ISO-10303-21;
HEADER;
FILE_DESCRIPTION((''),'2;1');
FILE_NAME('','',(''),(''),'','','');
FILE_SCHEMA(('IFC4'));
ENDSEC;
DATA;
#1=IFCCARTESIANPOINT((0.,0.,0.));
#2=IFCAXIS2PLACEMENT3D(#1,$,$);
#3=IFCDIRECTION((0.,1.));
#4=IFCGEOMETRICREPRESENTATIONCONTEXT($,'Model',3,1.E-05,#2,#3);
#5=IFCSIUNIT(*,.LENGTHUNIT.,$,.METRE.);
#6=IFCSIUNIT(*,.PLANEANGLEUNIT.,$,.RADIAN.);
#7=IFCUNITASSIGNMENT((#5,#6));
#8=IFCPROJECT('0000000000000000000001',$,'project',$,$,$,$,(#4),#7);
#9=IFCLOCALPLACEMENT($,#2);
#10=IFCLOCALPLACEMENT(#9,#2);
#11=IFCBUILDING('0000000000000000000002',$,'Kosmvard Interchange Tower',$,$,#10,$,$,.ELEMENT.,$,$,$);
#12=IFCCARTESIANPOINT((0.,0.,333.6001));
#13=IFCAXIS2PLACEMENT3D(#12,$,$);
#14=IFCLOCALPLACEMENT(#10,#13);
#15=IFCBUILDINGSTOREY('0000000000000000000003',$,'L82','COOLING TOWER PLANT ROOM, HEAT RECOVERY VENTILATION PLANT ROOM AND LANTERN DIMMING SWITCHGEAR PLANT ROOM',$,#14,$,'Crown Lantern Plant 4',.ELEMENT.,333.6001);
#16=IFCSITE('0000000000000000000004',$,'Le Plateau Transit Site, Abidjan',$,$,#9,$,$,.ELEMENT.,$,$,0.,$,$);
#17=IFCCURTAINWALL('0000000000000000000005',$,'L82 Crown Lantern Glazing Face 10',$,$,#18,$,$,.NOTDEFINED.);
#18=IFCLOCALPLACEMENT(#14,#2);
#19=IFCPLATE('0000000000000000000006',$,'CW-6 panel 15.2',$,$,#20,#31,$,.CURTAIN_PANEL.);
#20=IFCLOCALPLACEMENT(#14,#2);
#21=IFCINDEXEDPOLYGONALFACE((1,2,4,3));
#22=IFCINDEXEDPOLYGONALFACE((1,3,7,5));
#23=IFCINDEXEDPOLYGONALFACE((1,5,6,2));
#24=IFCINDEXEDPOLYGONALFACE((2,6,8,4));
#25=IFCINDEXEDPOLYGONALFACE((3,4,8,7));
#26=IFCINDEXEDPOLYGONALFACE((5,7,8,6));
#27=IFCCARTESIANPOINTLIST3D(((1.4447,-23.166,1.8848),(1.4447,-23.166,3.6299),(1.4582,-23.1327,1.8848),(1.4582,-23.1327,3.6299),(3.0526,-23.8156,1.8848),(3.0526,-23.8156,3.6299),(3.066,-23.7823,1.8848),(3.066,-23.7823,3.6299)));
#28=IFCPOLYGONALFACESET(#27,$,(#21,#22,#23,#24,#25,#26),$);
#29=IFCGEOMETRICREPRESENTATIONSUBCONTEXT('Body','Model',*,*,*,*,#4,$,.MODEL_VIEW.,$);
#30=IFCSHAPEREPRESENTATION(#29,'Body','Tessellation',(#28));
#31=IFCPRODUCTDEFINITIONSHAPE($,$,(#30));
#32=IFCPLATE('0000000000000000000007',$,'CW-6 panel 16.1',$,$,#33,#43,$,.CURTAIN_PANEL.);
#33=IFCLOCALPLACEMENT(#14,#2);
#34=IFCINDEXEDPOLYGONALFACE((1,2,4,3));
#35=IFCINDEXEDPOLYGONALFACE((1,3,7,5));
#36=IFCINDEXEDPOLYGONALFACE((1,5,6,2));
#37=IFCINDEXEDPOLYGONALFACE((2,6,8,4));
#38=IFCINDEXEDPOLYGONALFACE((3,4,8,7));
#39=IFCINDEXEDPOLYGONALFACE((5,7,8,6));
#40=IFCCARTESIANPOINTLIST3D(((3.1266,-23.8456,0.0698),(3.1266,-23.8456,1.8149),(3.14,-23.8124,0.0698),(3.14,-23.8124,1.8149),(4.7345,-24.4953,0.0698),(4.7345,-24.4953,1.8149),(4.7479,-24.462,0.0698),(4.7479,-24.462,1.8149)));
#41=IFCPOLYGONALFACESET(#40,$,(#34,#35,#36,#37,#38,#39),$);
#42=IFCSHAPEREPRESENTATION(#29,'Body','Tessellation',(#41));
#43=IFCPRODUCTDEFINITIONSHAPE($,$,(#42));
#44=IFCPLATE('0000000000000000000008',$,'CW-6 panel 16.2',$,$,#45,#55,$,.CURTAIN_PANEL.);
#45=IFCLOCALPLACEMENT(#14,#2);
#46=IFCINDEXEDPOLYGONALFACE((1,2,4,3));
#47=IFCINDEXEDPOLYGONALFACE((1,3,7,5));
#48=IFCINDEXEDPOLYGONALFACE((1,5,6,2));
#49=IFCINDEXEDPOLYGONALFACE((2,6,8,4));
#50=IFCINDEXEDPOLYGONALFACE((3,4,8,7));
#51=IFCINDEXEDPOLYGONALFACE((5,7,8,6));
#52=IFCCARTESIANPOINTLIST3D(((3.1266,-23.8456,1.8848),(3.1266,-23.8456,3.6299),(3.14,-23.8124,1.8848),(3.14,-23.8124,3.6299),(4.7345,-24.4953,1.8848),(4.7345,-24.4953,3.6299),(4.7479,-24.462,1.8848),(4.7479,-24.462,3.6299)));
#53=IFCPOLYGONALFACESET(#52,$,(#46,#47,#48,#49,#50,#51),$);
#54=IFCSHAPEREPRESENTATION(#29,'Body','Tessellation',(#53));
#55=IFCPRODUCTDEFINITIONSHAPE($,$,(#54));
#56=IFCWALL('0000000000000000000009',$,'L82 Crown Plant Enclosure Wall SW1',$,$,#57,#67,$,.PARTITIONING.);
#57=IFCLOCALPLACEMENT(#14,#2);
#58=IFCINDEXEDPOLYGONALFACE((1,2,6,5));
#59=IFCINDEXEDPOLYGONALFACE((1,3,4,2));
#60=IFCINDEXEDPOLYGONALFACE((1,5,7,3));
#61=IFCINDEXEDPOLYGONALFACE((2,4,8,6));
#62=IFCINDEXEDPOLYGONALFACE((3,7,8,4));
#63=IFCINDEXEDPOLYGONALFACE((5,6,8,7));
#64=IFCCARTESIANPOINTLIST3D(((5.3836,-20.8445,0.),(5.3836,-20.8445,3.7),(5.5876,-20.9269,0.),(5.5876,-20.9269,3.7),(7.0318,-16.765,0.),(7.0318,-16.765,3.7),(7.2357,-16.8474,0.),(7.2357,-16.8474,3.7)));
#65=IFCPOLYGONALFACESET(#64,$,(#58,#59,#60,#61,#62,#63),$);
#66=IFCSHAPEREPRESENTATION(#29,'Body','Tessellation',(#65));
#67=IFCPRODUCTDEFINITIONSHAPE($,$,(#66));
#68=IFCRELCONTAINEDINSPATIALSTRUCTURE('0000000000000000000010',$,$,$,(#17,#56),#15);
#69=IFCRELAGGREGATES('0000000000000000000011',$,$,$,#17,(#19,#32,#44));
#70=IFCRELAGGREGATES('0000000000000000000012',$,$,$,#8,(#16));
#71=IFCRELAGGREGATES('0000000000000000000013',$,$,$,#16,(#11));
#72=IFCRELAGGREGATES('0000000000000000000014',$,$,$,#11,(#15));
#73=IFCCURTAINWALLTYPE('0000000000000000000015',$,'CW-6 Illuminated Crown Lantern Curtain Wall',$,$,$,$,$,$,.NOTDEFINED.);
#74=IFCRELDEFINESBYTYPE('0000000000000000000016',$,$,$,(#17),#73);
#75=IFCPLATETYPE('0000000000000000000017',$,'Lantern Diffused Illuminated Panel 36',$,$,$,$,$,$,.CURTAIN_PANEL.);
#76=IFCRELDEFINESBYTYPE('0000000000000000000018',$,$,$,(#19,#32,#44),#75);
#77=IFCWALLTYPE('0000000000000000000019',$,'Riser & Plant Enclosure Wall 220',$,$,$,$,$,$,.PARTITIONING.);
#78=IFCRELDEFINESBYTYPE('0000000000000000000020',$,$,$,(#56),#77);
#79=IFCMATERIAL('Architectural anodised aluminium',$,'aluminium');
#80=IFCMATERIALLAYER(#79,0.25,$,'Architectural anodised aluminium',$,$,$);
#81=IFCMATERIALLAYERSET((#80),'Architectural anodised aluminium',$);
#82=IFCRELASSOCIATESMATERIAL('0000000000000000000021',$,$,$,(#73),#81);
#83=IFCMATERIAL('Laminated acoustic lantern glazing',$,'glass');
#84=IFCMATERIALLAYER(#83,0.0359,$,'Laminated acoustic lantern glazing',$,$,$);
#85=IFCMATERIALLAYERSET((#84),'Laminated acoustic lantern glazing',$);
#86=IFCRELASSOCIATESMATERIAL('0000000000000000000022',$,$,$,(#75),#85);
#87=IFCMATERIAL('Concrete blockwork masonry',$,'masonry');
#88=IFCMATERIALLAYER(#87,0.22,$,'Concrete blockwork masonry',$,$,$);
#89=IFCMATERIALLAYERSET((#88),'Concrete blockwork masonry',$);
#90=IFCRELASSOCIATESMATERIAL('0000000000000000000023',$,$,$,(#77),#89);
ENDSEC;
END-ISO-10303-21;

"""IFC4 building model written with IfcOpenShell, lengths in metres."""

from ifc_helpers import new_model, si_unit, direction, frame, frame_2d, origin, origin_2d, place, context, subcontext, project, spatial, rectangle, extrude, source, transform, mapped, material, layer, layer_set, type_object, element, aggregate, save


model = new_model("IFC4")

# Units and contexts
model_context = context("Model", 3, precision=1e-05, world=origin(), true_north=direction((0.0, 1.0)))
body_context = subcontext(model_context, "Body", "Model", "MODEL_VIEW")
ifc_project = project(units=[si_unit("LENGTHUNIT", "METRE"), si_unit("PLANEANGLEUNIT", "RADIAN")], contexts=[model_context])

# Site, building, storey
site_placement = place(None, origin())
site = spatial("IfcSite", under=ifc_project, at=site_placement, Name="Le Plateau Transit Site, Abidjan", CompositionType="ELEMENT", RefElevation=0.0)
building_placement = place(site_placement, origin())
building = spatial("IfcBuilding", under=site, at=building_placement, Name="Kosmvard Interchange Tower", CompositionType="ELEMENT")
storey_placement = place(building_placement, frame((0.0, 0.0, 333.6001)))
storey = spatial("IfcBuildingStorey", under=building, at=storey_placement, Name="L82", Description="COOLING TOWER PLANT ROOM, HEAT RECOVERY VENTILATION PLANT ROOM AND LANTERN DIMMING SWITCHGEAR PLANT ROOM", LongName="Crown Lantern Plant 4", CompositionType="ELEMENT", Elevation=333.6001)

# Curtain wall
ifc_material_1 = material(Name="Architectural anodised aluminium", Category="aluminium")
ifc_layer_1 = layer(ifc_material_1, 0.25, Name="Architectural anodised aluminium")
ifc_layer_set_1 = layer_set([ifc_layer_1], Name="Architectural anodised aluminium")
curtain_wall_type = type_object("IfcCurtainWallType", Name="CW-6 Illuminated Crown Lantern Curtain Wall", PredefinedType="NOTDEFINED", material=ifc_layer_set_1)
curtain_wall_placement = place(storey_placement, origin())
curtain_wall = element("IfcCurtainWall", 1, at=curtain_wall_placement, inside=storey, type_object=curtain_wall_type, Name="L82 Crown Lantern Glazing Face 10", PredefinedType="NOTDEFINED")

# Plates
ifc_material_2 = material(Name="Laminated acoustic lantern glazing", Category="glass")
ifc_layer_2 = layer(ifc_material_2, 0.0359, Name="Laminated acoustic lantern glazing")
ifc_layer_set_2 = layer_set([ifc_layer_2], Name="Laminated acoustic lantern glazing")
plate_type_1 = type_object("IfcPlateType", Name="Lantern Diffused Illuminated Panel 36", PredefinedType="CURTAIN_PANEL", material=ifc_layer_set_2)
shared_shape_1 = source(origin(), body_context, "Body", "SweptSolid", [
    extrude(rectangle(XDim=1.7341, YDim=0.0359, at=origin_2d()), origin(), (0.0, 0.0, 1.0), 1.7451),
])
plate_1_placement = place(storey_placement, frame((2.2554, -23.4741, 1.8848), z_axis=(0.0, 0.0, 1.0), x_axis=(0.927184, -0.374607, 0.0)))
plate_1 = element("IfcPlate", 2, at=plate_1_placement, type_object=plate_type_1, Name="CW-6 panel 15.2", PredefinedType="CURTAIN_PANEL", context=body_context, shape_type="MappedRepresentation", body=[
    mapped(shared_shape_1, transform((0.0, 0.0, 0.0), scale=1.0)),
])
plate_2_placement = place(storey_placement, frame((3.9373, -24.1538, 0.0698), z_axis=(0.0, 0.0, 1.0), x_axis=(0.927184, -0.374607, 0.0)))
plate_2 = element("IfcPlate", 3, at=plate_2_placement, type_object=plate_type_1, Name="CW-6 panel 16.1", PredefinedType="CURTAIN_PANEL", context=body_context, shape_type="MappedRepresentation", body=[
    mapped(shared_shape_1, transform((0.0, 0.0, 0.0), scale=1.0)),
])
plate_3_placement = place(storey_placement, frame((3.9373, -24.1538, 1.8848), z_axis=(0.0, 0.0, 1.0), x_axis=(0.927184, -0.374607, 0.0)))
plate_3 = element("IfcPlate", 4, at=plate_3_placement, type_object=plate_type_1, Name="CW-6 panel 16.2", PredefinedType="CURTAIN_PANEL", context=body_context, shape_type="MappedRepresentation", body=[
    mapped(shared_shape_1, transform((0.0, 0.0, 0.0), scale=1.0)),
])
aggregate(curtain_wall, [plate_1, plate_2, plate_3])

# Wall
ifc_material_3 = material(Name="Concrete blockwork masonry", Category="masonry")
ifc_layer_3 = layer(ifc_material_3, 0.22, Name="Concrete blockwork masonry")
ifc_layer_set_3 = layer_set([ifc_layer_3], Name="Concrete blockwork masonry")
wall_type = type_object("IfcWallType", Name="Riser & Plant Enclosure Wall 220", PredefinedType="PARTITIONING", material=ifc_layer_set_3)
wall_placement = place(storey_placement, frame((5.4856, -20.8857, 0.0), z_axis=(0.0, 0.0, 1.0), x_axis=(0.374593, 0.927189, 0.0)))
element("IfcWall", 5, at=wall_placement, inside=storey, type_object=wall_type, Name="L82 Crown Plant Enclosure Wall SW1", PredefinedType="PARTITIONING", context=body_context, shape_type="SweptSolid", body=[
    extrude(rectangle(XDim=4.3999, YDim=0.22, at=frame_2d((2.2, 0.0))), origin(), (0.0, 0.0, 1.0), 3.7),
])

save(model, "model.ifc")
